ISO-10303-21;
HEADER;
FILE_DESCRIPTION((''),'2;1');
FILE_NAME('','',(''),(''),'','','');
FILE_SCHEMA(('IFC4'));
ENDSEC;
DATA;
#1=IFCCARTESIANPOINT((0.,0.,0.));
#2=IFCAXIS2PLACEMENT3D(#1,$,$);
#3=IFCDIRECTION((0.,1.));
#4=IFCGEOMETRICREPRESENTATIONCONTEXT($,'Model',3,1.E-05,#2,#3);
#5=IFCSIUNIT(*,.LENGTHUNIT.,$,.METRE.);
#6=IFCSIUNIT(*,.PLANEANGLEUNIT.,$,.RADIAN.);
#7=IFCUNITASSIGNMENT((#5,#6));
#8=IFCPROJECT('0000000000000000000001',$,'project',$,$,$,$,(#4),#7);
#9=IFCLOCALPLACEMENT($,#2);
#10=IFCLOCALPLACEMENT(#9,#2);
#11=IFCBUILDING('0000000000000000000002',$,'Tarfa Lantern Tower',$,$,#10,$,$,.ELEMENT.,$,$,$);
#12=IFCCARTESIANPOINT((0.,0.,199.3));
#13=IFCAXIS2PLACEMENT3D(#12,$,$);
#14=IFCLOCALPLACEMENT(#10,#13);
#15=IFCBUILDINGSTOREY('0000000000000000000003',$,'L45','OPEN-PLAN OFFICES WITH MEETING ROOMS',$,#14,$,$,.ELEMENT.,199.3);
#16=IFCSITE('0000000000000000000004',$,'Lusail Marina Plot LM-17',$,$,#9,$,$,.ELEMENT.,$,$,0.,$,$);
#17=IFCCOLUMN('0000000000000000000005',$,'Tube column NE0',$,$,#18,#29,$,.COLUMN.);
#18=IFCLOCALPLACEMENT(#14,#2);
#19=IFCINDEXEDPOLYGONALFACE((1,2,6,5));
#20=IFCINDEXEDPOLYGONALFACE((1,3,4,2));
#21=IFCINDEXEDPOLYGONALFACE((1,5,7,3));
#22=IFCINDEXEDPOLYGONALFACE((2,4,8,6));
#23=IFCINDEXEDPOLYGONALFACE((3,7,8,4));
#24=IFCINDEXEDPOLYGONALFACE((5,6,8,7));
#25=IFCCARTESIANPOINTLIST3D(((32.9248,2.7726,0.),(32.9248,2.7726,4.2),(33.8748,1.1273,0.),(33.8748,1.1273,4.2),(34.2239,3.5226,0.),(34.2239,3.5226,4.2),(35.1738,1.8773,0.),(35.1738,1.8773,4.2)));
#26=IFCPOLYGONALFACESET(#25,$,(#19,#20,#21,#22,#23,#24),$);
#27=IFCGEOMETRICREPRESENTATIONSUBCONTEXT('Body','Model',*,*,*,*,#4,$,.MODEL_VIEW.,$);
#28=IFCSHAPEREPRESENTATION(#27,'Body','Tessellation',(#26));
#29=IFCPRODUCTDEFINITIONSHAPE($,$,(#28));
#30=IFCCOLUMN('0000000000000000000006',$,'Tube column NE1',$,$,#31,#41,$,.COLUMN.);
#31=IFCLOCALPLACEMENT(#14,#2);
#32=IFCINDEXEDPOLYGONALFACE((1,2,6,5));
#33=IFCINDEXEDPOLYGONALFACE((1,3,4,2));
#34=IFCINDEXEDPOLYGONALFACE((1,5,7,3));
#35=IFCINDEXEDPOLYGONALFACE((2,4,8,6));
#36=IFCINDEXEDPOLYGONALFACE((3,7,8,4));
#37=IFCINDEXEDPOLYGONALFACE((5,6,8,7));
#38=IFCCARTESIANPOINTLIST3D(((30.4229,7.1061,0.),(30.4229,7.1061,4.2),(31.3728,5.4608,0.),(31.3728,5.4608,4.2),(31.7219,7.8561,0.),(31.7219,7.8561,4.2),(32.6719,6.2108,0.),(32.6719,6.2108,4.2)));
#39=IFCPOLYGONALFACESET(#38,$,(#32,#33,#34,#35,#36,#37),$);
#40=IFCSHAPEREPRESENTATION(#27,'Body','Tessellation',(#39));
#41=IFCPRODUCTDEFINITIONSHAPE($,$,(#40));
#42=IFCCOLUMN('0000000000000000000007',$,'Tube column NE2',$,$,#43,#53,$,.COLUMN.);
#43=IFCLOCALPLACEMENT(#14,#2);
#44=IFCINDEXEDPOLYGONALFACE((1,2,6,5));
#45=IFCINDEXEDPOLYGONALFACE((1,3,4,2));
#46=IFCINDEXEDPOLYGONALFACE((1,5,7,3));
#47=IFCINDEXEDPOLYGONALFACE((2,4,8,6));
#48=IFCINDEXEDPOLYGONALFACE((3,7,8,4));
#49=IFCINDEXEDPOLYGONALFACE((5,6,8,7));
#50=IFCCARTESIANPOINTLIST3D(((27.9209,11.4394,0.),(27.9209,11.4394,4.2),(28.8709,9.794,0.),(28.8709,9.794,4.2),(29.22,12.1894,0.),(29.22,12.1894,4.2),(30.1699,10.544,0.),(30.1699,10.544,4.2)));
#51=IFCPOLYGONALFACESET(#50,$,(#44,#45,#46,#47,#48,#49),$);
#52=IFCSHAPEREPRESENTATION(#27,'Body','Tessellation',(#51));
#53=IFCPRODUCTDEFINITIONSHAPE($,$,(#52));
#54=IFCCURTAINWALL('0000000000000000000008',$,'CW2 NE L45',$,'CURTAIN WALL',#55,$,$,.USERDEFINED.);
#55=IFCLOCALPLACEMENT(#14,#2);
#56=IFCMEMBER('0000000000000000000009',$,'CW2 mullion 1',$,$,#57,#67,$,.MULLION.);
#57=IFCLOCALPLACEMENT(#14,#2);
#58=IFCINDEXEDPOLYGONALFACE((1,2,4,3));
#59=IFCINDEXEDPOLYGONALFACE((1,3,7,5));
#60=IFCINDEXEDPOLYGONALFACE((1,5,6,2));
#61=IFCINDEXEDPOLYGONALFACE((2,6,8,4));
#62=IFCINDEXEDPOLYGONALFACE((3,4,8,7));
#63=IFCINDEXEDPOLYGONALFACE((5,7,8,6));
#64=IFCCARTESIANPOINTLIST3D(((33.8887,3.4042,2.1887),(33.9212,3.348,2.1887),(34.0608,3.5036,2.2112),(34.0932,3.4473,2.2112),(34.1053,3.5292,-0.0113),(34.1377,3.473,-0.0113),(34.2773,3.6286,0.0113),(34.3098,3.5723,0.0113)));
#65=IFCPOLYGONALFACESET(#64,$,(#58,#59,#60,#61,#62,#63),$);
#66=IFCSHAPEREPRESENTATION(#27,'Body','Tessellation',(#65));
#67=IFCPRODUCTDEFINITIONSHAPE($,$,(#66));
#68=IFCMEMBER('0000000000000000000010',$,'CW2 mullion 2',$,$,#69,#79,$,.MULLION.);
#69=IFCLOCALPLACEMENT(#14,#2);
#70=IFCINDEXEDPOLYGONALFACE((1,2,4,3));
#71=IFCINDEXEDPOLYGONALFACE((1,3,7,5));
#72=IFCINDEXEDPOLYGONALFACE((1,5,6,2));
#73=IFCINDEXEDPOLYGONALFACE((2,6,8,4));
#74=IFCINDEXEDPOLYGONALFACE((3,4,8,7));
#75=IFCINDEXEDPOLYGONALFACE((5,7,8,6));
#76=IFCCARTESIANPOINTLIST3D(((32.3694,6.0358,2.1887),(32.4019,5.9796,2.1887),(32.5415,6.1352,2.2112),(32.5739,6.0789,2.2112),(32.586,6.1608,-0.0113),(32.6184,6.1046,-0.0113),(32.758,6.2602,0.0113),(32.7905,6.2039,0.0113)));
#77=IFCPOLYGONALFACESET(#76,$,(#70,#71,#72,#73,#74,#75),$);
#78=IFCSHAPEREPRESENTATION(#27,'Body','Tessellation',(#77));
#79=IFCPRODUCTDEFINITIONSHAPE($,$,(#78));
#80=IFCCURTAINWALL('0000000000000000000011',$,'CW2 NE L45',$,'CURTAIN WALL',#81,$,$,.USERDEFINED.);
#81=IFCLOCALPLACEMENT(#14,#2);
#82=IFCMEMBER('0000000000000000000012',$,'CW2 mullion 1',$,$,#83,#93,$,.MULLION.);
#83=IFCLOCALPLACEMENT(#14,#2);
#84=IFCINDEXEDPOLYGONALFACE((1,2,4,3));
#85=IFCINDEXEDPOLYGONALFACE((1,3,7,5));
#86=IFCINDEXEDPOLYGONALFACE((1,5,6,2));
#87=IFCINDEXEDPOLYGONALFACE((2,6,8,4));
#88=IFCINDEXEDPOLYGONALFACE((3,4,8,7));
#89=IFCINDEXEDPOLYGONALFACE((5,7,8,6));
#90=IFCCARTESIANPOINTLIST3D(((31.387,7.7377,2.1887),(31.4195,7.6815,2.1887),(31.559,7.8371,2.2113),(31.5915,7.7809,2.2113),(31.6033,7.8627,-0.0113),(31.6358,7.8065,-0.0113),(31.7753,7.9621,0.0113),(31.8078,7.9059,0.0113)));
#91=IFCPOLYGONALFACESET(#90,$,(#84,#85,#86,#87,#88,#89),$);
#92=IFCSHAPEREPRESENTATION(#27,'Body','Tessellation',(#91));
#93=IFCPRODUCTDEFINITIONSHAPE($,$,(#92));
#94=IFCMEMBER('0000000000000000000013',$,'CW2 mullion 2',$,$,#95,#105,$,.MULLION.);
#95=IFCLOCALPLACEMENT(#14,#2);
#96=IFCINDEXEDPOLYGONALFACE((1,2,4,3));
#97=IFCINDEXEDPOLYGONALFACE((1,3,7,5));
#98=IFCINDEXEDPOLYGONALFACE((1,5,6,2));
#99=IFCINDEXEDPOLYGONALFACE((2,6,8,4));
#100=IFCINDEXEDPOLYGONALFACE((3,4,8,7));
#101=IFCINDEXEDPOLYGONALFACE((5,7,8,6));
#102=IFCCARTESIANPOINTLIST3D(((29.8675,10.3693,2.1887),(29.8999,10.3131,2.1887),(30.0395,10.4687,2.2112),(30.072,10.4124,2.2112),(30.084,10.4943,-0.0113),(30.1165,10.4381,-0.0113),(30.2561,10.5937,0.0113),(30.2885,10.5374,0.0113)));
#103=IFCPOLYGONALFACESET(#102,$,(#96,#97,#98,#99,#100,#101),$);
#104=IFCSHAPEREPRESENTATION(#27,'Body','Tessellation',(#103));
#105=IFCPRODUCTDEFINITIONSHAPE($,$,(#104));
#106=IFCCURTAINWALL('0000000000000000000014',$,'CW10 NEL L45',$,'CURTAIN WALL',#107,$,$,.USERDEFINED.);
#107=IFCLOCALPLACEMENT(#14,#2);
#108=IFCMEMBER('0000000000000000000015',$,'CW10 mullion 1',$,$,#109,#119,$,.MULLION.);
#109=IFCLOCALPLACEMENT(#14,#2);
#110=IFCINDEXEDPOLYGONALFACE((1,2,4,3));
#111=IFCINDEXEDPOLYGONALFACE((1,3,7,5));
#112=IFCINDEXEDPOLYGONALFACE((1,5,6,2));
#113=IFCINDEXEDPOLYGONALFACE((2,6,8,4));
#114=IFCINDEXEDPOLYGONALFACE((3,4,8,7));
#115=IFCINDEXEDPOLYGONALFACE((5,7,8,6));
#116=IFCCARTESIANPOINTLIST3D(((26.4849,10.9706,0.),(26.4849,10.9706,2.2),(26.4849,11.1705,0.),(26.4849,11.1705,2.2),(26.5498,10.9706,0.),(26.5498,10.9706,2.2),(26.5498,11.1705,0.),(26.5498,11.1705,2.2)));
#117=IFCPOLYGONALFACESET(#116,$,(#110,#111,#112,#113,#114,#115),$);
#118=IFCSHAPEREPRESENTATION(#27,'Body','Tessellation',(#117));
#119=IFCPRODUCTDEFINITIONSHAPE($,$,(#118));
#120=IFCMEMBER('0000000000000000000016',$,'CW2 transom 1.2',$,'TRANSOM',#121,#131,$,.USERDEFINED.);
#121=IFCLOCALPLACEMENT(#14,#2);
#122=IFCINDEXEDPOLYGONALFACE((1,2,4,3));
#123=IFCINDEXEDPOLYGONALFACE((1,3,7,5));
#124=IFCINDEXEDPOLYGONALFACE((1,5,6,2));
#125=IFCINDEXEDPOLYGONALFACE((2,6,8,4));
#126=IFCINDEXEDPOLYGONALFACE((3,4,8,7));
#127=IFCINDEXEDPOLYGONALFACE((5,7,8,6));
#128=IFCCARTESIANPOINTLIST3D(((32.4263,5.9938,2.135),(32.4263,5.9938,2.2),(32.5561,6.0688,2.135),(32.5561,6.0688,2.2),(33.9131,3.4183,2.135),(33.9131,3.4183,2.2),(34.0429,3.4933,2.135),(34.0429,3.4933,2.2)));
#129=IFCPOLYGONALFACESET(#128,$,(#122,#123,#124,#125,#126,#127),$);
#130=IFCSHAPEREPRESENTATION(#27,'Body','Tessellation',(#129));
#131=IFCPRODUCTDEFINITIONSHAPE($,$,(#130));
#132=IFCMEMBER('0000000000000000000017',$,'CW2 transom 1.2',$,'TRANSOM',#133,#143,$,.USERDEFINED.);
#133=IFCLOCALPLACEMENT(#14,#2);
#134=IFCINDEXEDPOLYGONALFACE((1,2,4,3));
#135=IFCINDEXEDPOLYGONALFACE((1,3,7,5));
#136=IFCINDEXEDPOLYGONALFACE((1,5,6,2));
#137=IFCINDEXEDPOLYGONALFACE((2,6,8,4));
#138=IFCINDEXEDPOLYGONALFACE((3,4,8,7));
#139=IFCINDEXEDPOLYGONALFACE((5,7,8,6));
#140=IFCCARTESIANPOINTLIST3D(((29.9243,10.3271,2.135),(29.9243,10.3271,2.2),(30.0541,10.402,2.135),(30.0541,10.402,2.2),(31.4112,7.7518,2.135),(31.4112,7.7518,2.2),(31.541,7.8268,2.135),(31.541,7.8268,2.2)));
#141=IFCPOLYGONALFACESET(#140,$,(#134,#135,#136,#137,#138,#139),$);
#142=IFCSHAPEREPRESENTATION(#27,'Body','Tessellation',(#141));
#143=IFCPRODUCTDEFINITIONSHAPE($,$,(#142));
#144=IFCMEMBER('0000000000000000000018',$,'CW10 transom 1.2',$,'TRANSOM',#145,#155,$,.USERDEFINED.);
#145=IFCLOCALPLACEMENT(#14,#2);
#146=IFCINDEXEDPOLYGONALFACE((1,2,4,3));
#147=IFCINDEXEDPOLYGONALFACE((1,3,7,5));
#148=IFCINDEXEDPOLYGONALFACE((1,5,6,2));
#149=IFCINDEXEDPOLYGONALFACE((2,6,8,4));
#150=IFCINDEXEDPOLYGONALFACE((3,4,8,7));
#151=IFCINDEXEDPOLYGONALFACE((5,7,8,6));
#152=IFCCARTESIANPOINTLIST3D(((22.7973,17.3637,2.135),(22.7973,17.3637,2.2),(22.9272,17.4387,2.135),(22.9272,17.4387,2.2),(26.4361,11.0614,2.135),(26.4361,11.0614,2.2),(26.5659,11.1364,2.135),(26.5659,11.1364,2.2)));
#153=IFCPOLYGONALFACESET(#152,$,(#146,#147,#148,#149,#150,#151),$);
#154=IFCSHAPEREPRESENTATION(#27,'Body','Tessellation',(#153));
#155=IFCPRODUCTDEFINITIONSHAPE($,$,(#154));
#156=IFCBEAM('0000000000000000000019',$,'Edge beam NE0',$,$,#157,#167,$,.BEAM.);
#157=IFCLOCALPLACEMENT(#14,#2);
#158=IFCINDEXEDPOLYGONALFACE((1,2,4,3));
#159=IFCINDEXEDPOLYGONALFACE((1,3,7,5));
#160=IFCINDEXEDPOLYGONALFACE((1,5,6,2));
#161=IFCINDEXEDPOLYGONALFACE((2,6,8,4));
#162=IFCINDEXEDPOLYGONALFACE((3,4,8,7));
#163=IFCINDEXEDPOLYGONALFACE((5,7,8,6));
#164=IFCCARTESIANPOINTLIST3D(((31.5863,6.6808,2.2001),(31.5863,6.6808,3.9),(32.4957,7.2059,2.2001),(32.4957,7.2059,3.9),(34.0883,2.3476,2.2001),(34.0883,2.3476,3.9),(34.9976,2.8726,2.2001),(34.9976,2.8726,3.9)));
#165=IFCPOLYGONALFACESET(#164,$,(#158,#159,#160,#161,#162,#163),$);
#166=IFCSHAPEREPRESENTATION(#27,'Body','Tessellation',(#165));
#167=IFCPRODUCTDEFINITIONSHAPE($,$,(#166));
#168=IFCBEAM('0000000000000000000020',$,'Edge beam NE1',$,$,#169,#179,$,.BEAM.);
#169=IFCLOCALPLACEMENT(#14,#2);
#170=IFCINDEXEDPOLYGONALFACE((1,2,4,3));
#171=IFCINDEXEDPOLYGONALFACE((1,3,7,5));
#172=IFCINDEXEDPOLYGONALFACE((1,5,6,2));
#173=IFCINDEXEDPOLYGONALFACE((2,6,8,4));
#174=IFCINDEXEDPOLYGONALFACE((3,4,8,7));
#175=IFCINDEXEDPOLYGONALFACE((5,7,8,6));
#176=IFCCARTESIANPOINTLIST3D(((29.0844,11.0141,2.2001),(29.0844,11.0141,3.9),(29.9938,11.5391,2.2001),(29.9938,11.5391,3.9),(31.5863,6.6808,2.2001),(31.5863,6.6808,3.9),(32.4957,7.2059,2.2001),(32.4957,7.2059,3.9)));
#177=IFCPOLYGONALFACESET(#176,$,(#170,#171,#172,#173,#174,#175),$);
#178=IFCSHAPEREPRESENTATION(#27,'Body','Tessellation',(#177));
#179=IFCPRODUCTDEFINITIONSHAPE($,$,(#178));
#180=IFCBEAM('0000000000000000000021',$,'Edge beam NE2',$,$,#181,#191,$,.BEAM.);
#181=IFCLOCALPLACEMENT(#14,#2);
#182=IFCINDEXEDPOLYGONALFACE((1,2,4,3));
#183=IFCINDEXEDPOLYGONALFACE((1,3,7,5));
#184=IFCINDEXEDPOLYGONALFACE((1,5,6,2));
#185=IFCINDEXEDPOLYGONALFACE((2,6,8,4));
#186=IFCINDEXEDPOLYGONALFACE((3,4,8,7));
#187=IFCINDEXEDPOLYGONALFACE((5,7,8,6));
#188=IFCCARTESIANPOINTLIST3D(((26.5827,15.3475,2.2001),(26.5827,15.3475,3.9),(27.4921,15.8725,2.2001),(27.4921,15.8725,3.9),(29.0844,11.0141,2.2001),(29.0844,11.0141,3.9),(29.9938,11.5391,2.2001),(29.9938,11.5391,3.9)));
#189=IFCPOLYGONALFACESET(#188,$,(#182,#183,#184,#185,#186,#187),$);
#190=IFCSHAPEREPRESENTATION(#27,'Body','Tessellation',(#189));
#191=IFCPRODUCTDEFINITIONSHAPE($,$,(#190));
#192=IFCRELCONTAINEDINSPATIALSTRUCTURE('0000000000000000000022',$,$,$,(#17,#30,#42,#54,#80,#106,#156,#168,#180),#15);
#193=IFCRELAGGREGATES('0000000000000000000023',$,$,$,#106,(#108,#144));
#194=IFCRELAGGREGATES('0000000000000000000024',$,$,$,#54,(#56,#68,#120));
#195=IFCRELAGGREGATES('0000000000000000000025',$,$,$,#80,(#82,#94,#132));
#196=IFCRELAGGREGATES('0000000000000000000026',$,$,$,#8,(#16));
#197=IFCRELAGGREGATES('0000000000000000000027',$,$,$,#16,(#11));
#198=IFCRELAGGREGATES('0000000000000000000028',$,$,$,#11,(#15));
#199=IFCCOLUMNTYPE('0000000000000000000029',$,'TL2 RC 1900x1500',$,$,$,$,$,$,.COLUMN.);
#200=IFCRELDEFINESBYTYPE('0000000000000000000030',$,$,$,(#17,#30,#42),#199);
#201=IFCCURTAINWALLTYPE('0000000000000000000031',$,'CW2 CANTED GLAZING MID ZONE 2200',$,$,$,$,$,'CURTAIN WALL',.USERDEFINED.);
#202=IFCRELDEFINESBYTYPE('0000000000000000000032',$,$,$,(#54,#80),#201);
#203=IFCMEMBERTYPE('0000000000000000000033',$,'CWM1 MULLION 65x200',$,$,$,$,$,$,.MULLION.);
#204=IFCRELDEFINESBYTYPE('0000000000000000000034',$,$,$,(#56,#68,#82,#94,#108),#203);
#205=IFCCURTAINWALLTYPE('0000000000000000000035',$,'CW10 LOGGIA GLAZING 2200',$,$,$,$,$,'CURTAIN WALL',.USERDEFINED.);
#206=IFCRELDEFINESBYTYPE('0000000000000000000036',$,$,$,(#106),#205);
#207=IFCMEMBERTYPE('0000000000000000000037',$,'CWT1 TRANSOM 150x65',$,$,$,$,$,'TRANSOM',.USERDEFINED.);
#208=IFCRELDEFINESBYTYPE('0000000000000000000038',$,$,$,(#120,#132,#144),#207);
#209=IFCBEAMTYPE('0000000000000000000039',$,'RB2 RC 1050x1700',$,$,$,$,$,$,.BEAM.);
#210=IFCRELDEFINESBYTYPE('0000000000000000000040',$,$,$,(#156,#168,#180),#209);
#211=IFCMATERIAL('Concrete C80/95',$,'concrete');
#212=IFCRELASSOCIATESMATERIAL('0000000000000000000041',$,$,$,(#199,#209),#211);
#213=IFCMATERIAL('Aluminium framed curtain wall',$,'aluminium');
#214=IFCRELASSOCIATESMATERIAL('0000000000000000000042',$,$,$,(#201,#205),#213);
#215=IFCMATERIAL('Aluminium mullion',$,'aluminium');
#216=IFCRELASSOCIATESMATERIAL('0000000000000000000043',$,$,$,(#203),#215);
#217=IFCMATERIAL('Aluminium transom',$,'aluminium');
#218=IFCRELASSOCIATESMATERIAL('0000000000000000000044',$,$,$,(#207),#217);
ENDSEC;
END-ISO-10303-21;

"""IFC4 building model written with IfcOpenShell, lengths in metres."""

from ifc_helpers import new_model, si_unit, direction, frame, origin, origin_2d, place, context, subcontext, project, spatial, rectangle, extrude, material, material_profile, profile_set, type_object, element, aggregate, save


model = new_model("IFC4")

# Units and contexts
model_context = context("Model", 3, precision=1e-05, world=origin(), true_north=direction((0.0, 1.0)))
body_context = subcontext(model_context, "Body", "Model", "MODEL_VIEW")
ifc_project = project(units=[si_unit("LENGTHUNIT", "METRE"), si_unit("PLANEANGLEUNIT", "RADIAN")], contexts=[model_context])

# Site, building, storey
site_placement = place(None, origin())
site = spatial("IfcSite", under=ifc_project, at=site_placement, Name="Lusail Marina Plot LM-17", CompositionType="ELEMENT", RefElevation=0.0)
building_placement = place(site_placement, origin())
building = spatial("IfcBuilding", under=site, at=building_placement, Name="Tarfa Lantern Tower", CompositionType="ELEMENT")
storey_placement = place(building_placement, frame((0.0, 0.0, 199.3)))
storey = spatial("IfcBuildingStorey", under=building, at=storey_placement, Name="L45", Description="OPEN-PLAN OFFICES WITH MEETING ROOMS", CompositionType="ELEMENT", Elevation=199.3)

# Columns
ifc_material_1 = material(Name="Concrete C80/95", Category="concrete")
ifc_material_profile_1 = material_profile(ifc_material_1, rectangle(XDim=1.8999, YDim=1.5, at=origin_2d()), Name="RC 1900x1500")
ifc_profile_set_1 = profile_set([ifc_material_profile_1], Name="Concrete C80/95")
column_type = type_object("IfcColumnType", Name="TL2 RC 1900x1500", PredefinedType="COLUMN", material=ifc_profile_set_1)
for number, where, z_axis, x_axis, name in (
    (1, (34.0493, 2.325, 0.0), (0.0, 0.0, 1.0), (-0.5, 0.866025, 0.0), "Tube column NE0"),
    (2, (31.5474, 6.6584, 0.0), (0.0, 0.0, 1.0), (-0.5, 0.866025, 0.0), "Tube column NE1"),
    (3, (29.0454, 10.9917, 0.0), (0.0, 0.0, 1.0), (-0.5, 0.866025, 0.0), "Tube column NE2"),
):
    element("IfcColumn", number, at=place(storey_placement, frame(where, z_axis=z_axis, x_axis=x_axis)), inside=storey, type_object=column_type, Name=name, PredefinedType="COLUMN", context=body_context, shape_type="SweptSolid", body=[
        extrude(rectangle(XDim=1.8999, YDim=1.5, at=origin_2d()), origin(), (0.0, 0.0, 1.0), 4.2),
    ])

# Curtain walls, members
ifc_material_2 = material(Name="Aluminium framed curtain wall", Category="aluminium")
curtain_wall_type_1 = type_object("IfcCurtainWallType", Name="CW2 CANTED GLAZING MID ZONE 2200", ElementType="CURTAIN WALL", PredefinedType="USERDEFINED", material=ifc_material_2)
curtain_wall_1_placement = place(storey_placement, origin())
curtain_wall_1 = element("IfcCurtainWall", 4, at=curtain_wall_1_placement, inside=storey, type_object=curtain_wall_type_1, Name="CW2 NE L45", ObjectType="CURTAIN WALL", PredefinedType="USERDEFINED")
ifc_material_3 = material(Name="Aluminium mullion", Category="aluminium")
ifc_material_profile_2 = material_profile(ifc_material_3, rectangle(XDim=0.0649, YDim=0.2, at=origin_2d()), Name="AL MULLION 65x200")
ifc_profile_set_2 = profile_set([ifc_material_profile_2], Name="Aluminium mullion")
member_type_1 = type_object("IfcMemberType", Name="CWM1 MULLION 65x200", PredefinedType="MULLION", material=ifc_profile_set_2)
member_1_placement = place(storey_placement, frame((34.2075, 3.5508, 0.0), z_axis=(-0.097806, -0.056456, 0.993603), x_axis=(0.49992, -0.866072, 0.0)))
member_1 = element("IfcMember", 5, at=member_1_placement, type_object=member_type_1, Name="CW2 mullion 1", PredefinedType="MULLION", context=body_context, shape_type="SweptSolid", body=[
    extrude(rectangle(XDim=0.0649, YDim=0.2, at=origin_2d()), origin(), (0.0, 0.0, 1.0), 2.2141),
])
member_2_placement = place(storey_placement, frame((32.6882, 6.1824, 0.0), z_axis=(-0.097806, -0.056456, 0.993603), x_axis=(0.49992, -0.866072, 0.0)))
member_2 = element("IfcMember", 6, at=member_2_placement, type_object=member_type_1, Name="CW2 mullion 2", PredefinedType="MULLION", context=body_context, shape_type="SweptSolid", body=[
    extrude(rectangle(XDim=0.0649, YDim=0.2, at=origin_2d()), origin(), (0.0, 0.0, 1.0), 2.2141),
])
curtain_wall_2_placement = place(storey_placement, origin())
curtain_wall_2 = element("IfcCurtainWall", 7, at=curtain_wall_2_placement, inside=storey, type_object=curtain_wall_type_1, Name="CW2 NE L45", ObjectType="CURTAIN WALL", PredefinedType="USERDEFINED")
member_3_placement = place(storey_placement, frame((31.7056, 7.8843, 0.0), z_axis=(-0.097696, -0.056457, 0.993614), x_axis=(0.500343, -0.865827, 0.0)))
member_3 = element("IfcMember", 8, at=member_3_placement, type_object=member_type_1, Name="CW2 mullion 1", PredefinedType="MULLION", context=body_context, shape_type="SweptSolid", body=[
    extrude(rectangle(XDim=0.0649, YDim=0.2, at=origin_2d()), origin(), (0.0, 0.0, 1.0), 2.2141),
])
member_4_placement = place(storey_placement, frame((30.1863, 10.5159, 0.0), z_axis=(-0.097806, -0.056456, 0.993603), x_axis=(0.49992, -0.866072, 0.0)))
member_4 = element("IfcMember", 9, at=member_4_placement, type_object=member_type_1, Name="CW2 mullion 2", PredefinedType="MULLION", context=body_context, shape_type="SweptSolid", body=[
    extrude(rectangle(XDim=0.0649, YDim=0.2, at=origin_2d()), origin(), (0.0, 0.0, 1.0), 2.2141),
])

# Curtain wall, member
curtain_wall_type_2 = type_object("IfcCurtainWallType", Name="CW10 LOGGIA GLAZING 2200", ElementType="CURTAIN WALL", PredefinedType="USERDEFINED", material=ifc_material_2)
curtain_wall_3_placement = place(storey_placement, origin())
curtain_wall_3 = element("IfcCurtainWall", 10, at=curtain_wall_3_placement, inside=storey, type_object=curtain_wall_type_2, Name="CW10 NEL L45", ObjectType="CURTAIN WALL", PredefinedType="USERDEFINED")
member_5_placement = place(storey_placement, frame((26.5173, 11.0706, 0.0), z_axis=(0.0, 0.0, 1.0), x_axis=(1.0, 0.0, 0.0)))
member_5 = element("IfcMember", 11, at=member_5_placement, type_object=member_type_1, Name="CW10 mullion 1", PredefinedType="MULLION", context=body_context, shape_type="SweptSolid", body=[
    extrude(rectangle(XDim=0.0649, YDim=0.2, at=origin_2d()), origin(), (0.0, 0.0, 1.0), 2.2),
])

# Members
ifc_material_4 = material(Name="Aluminium transom", Category="aluminium")
ifc_material_profile_3 = material_profile(ifc_material_4, rectangle(XDim=0.1499, YDim=0.0649, at=origin_2d()), Name="AL TRANSOM 150x65")
ifc_profile_set_3 = profile_set([ifc_material_profile_3], Name="Aluminium transom")
member_type_2 = type_object("IfcMemberType", Name="CWT1 TRANSOM 150x65", ElementType="TRANSOM", PredefinedType="USERDEFINED", material=ifc_profile_set_3)
member_6_placement = place(storey_placement, frame((33.978, 3.4558, 2.1675), z_axis=(-0.499971, 0.866042, 0.0), x_axis=(-0.866042, -0.499971, 0.0)))
member_6 = element("IfcMember", 12, at=member_6_placement, type_object=member_type_2, Name="CW2 transom 1.2", ObjectType="TRANSOM", PredefinedType="USERDEFINED", context=body_context, shape_type="SweptSolid", body=[
    extrude(rectangle(XDim=0.1499, YDim=0.0649, at=origin_2d()), origin(), (0.0, 0.0, 1.0), 2.9739),
])
member_7_placement = place(storey_placement, frame((31.4761, 7.7893, 2.1675), z_axis=(-0.500007, 0.866022, 0.0), x_axis=(-0.866022, -0.500007, 0.0)))
member_7 = element("IfcMember", 13, at=member_7_placement, type_object=member_type_2, Name="CW2 transom 1.2", ObjectType="TRANSOM", PredefinedType="USERDEFINED", context=body_context, shape_type="SweptSolid", body=[
    extrude(rectangle(XDim=0.1499, YDim=0.0649, at=origin_2d()), origin(), (0.0, 0.0, 1.0), 2.9736),
])
member_8_placement = place(storey_placement, frame((26.501, 11.0989, 2.1675), z_axis=(-0.500007, 0.866021, 0.0), x_axis=(-0.866021, -0.500007, 0.0)))
member_8 = element("IfcMember", 14, at=member_8_placement, type_object=member_type_2, Name="CW10 transom 1.2", ObjectType="TRANSOM", PredefinedType="USERDEFINED", context=body_context, shape_type="SweptSolid", body=[
    extrude(rectangle(XDim=0.1499, YDim=0.0649, at=origin_2d()), origin(), (0.0, 0.0, 1.0), 7.2773),
])
aggregate(curtain_wall_3, [member_5, member_8])

# Beams
ifc_material_profile_4 = material_profile(ifc_material_1, rectangle(XDim=1.05, YDim=1.7, at=origin_2d()), Name="RC 1050x1700")
ifc_profile_set_4 = profile_set([ifc_material_profile_4], Name="Concrete C80/95")
beam_type_1 = type_object("IfcBeamType", Name="RB2 RC 1050x1700", PredefinedType="BEAM", material=ifc_profile_set_4)
for number, where, z_axis, x_axis, name in (
    (15, (34.543, 2.6101, 3.05), (-0.500022, 0.866013, 0.0), (-0.866013, -0.500022, 0.0), "Edge beam NE0"),
    (16, (32.041, 6.9434, 3.05), (-0.500022, 0.866013, 0.0), (-0.866013, -0.500022, 0.0), "Edge beam NE1"),
    (17, (29.5391, 11.2766, 3.05), (-0.499965, 0.866046, 0.0), (-0.866046, -0.499965, 0.0), "Edge beam NE2"),
):
    element("IfcBeam", number, at=place(storey_placement, frame(where, z_axis=z_axis, x_axis=x_axis)), inside=storey, type_object=beam_type_1, Name=name, PredefinedType="BEAM", context=body_context, shape_type="SweptSolid", body=[
        extrude(rectangle(XDim=1.05, YDim=1.7, at=origin_2d()), origin(), (0.0, 0.0, 1.0), 5.0037),
    ])

aggregate(curtain_wall_1, [member_1, member_2, member_6])
aggregate(curtain_wall_2, [member_3, member_4, member_7])

save(model, "model.ifc")
